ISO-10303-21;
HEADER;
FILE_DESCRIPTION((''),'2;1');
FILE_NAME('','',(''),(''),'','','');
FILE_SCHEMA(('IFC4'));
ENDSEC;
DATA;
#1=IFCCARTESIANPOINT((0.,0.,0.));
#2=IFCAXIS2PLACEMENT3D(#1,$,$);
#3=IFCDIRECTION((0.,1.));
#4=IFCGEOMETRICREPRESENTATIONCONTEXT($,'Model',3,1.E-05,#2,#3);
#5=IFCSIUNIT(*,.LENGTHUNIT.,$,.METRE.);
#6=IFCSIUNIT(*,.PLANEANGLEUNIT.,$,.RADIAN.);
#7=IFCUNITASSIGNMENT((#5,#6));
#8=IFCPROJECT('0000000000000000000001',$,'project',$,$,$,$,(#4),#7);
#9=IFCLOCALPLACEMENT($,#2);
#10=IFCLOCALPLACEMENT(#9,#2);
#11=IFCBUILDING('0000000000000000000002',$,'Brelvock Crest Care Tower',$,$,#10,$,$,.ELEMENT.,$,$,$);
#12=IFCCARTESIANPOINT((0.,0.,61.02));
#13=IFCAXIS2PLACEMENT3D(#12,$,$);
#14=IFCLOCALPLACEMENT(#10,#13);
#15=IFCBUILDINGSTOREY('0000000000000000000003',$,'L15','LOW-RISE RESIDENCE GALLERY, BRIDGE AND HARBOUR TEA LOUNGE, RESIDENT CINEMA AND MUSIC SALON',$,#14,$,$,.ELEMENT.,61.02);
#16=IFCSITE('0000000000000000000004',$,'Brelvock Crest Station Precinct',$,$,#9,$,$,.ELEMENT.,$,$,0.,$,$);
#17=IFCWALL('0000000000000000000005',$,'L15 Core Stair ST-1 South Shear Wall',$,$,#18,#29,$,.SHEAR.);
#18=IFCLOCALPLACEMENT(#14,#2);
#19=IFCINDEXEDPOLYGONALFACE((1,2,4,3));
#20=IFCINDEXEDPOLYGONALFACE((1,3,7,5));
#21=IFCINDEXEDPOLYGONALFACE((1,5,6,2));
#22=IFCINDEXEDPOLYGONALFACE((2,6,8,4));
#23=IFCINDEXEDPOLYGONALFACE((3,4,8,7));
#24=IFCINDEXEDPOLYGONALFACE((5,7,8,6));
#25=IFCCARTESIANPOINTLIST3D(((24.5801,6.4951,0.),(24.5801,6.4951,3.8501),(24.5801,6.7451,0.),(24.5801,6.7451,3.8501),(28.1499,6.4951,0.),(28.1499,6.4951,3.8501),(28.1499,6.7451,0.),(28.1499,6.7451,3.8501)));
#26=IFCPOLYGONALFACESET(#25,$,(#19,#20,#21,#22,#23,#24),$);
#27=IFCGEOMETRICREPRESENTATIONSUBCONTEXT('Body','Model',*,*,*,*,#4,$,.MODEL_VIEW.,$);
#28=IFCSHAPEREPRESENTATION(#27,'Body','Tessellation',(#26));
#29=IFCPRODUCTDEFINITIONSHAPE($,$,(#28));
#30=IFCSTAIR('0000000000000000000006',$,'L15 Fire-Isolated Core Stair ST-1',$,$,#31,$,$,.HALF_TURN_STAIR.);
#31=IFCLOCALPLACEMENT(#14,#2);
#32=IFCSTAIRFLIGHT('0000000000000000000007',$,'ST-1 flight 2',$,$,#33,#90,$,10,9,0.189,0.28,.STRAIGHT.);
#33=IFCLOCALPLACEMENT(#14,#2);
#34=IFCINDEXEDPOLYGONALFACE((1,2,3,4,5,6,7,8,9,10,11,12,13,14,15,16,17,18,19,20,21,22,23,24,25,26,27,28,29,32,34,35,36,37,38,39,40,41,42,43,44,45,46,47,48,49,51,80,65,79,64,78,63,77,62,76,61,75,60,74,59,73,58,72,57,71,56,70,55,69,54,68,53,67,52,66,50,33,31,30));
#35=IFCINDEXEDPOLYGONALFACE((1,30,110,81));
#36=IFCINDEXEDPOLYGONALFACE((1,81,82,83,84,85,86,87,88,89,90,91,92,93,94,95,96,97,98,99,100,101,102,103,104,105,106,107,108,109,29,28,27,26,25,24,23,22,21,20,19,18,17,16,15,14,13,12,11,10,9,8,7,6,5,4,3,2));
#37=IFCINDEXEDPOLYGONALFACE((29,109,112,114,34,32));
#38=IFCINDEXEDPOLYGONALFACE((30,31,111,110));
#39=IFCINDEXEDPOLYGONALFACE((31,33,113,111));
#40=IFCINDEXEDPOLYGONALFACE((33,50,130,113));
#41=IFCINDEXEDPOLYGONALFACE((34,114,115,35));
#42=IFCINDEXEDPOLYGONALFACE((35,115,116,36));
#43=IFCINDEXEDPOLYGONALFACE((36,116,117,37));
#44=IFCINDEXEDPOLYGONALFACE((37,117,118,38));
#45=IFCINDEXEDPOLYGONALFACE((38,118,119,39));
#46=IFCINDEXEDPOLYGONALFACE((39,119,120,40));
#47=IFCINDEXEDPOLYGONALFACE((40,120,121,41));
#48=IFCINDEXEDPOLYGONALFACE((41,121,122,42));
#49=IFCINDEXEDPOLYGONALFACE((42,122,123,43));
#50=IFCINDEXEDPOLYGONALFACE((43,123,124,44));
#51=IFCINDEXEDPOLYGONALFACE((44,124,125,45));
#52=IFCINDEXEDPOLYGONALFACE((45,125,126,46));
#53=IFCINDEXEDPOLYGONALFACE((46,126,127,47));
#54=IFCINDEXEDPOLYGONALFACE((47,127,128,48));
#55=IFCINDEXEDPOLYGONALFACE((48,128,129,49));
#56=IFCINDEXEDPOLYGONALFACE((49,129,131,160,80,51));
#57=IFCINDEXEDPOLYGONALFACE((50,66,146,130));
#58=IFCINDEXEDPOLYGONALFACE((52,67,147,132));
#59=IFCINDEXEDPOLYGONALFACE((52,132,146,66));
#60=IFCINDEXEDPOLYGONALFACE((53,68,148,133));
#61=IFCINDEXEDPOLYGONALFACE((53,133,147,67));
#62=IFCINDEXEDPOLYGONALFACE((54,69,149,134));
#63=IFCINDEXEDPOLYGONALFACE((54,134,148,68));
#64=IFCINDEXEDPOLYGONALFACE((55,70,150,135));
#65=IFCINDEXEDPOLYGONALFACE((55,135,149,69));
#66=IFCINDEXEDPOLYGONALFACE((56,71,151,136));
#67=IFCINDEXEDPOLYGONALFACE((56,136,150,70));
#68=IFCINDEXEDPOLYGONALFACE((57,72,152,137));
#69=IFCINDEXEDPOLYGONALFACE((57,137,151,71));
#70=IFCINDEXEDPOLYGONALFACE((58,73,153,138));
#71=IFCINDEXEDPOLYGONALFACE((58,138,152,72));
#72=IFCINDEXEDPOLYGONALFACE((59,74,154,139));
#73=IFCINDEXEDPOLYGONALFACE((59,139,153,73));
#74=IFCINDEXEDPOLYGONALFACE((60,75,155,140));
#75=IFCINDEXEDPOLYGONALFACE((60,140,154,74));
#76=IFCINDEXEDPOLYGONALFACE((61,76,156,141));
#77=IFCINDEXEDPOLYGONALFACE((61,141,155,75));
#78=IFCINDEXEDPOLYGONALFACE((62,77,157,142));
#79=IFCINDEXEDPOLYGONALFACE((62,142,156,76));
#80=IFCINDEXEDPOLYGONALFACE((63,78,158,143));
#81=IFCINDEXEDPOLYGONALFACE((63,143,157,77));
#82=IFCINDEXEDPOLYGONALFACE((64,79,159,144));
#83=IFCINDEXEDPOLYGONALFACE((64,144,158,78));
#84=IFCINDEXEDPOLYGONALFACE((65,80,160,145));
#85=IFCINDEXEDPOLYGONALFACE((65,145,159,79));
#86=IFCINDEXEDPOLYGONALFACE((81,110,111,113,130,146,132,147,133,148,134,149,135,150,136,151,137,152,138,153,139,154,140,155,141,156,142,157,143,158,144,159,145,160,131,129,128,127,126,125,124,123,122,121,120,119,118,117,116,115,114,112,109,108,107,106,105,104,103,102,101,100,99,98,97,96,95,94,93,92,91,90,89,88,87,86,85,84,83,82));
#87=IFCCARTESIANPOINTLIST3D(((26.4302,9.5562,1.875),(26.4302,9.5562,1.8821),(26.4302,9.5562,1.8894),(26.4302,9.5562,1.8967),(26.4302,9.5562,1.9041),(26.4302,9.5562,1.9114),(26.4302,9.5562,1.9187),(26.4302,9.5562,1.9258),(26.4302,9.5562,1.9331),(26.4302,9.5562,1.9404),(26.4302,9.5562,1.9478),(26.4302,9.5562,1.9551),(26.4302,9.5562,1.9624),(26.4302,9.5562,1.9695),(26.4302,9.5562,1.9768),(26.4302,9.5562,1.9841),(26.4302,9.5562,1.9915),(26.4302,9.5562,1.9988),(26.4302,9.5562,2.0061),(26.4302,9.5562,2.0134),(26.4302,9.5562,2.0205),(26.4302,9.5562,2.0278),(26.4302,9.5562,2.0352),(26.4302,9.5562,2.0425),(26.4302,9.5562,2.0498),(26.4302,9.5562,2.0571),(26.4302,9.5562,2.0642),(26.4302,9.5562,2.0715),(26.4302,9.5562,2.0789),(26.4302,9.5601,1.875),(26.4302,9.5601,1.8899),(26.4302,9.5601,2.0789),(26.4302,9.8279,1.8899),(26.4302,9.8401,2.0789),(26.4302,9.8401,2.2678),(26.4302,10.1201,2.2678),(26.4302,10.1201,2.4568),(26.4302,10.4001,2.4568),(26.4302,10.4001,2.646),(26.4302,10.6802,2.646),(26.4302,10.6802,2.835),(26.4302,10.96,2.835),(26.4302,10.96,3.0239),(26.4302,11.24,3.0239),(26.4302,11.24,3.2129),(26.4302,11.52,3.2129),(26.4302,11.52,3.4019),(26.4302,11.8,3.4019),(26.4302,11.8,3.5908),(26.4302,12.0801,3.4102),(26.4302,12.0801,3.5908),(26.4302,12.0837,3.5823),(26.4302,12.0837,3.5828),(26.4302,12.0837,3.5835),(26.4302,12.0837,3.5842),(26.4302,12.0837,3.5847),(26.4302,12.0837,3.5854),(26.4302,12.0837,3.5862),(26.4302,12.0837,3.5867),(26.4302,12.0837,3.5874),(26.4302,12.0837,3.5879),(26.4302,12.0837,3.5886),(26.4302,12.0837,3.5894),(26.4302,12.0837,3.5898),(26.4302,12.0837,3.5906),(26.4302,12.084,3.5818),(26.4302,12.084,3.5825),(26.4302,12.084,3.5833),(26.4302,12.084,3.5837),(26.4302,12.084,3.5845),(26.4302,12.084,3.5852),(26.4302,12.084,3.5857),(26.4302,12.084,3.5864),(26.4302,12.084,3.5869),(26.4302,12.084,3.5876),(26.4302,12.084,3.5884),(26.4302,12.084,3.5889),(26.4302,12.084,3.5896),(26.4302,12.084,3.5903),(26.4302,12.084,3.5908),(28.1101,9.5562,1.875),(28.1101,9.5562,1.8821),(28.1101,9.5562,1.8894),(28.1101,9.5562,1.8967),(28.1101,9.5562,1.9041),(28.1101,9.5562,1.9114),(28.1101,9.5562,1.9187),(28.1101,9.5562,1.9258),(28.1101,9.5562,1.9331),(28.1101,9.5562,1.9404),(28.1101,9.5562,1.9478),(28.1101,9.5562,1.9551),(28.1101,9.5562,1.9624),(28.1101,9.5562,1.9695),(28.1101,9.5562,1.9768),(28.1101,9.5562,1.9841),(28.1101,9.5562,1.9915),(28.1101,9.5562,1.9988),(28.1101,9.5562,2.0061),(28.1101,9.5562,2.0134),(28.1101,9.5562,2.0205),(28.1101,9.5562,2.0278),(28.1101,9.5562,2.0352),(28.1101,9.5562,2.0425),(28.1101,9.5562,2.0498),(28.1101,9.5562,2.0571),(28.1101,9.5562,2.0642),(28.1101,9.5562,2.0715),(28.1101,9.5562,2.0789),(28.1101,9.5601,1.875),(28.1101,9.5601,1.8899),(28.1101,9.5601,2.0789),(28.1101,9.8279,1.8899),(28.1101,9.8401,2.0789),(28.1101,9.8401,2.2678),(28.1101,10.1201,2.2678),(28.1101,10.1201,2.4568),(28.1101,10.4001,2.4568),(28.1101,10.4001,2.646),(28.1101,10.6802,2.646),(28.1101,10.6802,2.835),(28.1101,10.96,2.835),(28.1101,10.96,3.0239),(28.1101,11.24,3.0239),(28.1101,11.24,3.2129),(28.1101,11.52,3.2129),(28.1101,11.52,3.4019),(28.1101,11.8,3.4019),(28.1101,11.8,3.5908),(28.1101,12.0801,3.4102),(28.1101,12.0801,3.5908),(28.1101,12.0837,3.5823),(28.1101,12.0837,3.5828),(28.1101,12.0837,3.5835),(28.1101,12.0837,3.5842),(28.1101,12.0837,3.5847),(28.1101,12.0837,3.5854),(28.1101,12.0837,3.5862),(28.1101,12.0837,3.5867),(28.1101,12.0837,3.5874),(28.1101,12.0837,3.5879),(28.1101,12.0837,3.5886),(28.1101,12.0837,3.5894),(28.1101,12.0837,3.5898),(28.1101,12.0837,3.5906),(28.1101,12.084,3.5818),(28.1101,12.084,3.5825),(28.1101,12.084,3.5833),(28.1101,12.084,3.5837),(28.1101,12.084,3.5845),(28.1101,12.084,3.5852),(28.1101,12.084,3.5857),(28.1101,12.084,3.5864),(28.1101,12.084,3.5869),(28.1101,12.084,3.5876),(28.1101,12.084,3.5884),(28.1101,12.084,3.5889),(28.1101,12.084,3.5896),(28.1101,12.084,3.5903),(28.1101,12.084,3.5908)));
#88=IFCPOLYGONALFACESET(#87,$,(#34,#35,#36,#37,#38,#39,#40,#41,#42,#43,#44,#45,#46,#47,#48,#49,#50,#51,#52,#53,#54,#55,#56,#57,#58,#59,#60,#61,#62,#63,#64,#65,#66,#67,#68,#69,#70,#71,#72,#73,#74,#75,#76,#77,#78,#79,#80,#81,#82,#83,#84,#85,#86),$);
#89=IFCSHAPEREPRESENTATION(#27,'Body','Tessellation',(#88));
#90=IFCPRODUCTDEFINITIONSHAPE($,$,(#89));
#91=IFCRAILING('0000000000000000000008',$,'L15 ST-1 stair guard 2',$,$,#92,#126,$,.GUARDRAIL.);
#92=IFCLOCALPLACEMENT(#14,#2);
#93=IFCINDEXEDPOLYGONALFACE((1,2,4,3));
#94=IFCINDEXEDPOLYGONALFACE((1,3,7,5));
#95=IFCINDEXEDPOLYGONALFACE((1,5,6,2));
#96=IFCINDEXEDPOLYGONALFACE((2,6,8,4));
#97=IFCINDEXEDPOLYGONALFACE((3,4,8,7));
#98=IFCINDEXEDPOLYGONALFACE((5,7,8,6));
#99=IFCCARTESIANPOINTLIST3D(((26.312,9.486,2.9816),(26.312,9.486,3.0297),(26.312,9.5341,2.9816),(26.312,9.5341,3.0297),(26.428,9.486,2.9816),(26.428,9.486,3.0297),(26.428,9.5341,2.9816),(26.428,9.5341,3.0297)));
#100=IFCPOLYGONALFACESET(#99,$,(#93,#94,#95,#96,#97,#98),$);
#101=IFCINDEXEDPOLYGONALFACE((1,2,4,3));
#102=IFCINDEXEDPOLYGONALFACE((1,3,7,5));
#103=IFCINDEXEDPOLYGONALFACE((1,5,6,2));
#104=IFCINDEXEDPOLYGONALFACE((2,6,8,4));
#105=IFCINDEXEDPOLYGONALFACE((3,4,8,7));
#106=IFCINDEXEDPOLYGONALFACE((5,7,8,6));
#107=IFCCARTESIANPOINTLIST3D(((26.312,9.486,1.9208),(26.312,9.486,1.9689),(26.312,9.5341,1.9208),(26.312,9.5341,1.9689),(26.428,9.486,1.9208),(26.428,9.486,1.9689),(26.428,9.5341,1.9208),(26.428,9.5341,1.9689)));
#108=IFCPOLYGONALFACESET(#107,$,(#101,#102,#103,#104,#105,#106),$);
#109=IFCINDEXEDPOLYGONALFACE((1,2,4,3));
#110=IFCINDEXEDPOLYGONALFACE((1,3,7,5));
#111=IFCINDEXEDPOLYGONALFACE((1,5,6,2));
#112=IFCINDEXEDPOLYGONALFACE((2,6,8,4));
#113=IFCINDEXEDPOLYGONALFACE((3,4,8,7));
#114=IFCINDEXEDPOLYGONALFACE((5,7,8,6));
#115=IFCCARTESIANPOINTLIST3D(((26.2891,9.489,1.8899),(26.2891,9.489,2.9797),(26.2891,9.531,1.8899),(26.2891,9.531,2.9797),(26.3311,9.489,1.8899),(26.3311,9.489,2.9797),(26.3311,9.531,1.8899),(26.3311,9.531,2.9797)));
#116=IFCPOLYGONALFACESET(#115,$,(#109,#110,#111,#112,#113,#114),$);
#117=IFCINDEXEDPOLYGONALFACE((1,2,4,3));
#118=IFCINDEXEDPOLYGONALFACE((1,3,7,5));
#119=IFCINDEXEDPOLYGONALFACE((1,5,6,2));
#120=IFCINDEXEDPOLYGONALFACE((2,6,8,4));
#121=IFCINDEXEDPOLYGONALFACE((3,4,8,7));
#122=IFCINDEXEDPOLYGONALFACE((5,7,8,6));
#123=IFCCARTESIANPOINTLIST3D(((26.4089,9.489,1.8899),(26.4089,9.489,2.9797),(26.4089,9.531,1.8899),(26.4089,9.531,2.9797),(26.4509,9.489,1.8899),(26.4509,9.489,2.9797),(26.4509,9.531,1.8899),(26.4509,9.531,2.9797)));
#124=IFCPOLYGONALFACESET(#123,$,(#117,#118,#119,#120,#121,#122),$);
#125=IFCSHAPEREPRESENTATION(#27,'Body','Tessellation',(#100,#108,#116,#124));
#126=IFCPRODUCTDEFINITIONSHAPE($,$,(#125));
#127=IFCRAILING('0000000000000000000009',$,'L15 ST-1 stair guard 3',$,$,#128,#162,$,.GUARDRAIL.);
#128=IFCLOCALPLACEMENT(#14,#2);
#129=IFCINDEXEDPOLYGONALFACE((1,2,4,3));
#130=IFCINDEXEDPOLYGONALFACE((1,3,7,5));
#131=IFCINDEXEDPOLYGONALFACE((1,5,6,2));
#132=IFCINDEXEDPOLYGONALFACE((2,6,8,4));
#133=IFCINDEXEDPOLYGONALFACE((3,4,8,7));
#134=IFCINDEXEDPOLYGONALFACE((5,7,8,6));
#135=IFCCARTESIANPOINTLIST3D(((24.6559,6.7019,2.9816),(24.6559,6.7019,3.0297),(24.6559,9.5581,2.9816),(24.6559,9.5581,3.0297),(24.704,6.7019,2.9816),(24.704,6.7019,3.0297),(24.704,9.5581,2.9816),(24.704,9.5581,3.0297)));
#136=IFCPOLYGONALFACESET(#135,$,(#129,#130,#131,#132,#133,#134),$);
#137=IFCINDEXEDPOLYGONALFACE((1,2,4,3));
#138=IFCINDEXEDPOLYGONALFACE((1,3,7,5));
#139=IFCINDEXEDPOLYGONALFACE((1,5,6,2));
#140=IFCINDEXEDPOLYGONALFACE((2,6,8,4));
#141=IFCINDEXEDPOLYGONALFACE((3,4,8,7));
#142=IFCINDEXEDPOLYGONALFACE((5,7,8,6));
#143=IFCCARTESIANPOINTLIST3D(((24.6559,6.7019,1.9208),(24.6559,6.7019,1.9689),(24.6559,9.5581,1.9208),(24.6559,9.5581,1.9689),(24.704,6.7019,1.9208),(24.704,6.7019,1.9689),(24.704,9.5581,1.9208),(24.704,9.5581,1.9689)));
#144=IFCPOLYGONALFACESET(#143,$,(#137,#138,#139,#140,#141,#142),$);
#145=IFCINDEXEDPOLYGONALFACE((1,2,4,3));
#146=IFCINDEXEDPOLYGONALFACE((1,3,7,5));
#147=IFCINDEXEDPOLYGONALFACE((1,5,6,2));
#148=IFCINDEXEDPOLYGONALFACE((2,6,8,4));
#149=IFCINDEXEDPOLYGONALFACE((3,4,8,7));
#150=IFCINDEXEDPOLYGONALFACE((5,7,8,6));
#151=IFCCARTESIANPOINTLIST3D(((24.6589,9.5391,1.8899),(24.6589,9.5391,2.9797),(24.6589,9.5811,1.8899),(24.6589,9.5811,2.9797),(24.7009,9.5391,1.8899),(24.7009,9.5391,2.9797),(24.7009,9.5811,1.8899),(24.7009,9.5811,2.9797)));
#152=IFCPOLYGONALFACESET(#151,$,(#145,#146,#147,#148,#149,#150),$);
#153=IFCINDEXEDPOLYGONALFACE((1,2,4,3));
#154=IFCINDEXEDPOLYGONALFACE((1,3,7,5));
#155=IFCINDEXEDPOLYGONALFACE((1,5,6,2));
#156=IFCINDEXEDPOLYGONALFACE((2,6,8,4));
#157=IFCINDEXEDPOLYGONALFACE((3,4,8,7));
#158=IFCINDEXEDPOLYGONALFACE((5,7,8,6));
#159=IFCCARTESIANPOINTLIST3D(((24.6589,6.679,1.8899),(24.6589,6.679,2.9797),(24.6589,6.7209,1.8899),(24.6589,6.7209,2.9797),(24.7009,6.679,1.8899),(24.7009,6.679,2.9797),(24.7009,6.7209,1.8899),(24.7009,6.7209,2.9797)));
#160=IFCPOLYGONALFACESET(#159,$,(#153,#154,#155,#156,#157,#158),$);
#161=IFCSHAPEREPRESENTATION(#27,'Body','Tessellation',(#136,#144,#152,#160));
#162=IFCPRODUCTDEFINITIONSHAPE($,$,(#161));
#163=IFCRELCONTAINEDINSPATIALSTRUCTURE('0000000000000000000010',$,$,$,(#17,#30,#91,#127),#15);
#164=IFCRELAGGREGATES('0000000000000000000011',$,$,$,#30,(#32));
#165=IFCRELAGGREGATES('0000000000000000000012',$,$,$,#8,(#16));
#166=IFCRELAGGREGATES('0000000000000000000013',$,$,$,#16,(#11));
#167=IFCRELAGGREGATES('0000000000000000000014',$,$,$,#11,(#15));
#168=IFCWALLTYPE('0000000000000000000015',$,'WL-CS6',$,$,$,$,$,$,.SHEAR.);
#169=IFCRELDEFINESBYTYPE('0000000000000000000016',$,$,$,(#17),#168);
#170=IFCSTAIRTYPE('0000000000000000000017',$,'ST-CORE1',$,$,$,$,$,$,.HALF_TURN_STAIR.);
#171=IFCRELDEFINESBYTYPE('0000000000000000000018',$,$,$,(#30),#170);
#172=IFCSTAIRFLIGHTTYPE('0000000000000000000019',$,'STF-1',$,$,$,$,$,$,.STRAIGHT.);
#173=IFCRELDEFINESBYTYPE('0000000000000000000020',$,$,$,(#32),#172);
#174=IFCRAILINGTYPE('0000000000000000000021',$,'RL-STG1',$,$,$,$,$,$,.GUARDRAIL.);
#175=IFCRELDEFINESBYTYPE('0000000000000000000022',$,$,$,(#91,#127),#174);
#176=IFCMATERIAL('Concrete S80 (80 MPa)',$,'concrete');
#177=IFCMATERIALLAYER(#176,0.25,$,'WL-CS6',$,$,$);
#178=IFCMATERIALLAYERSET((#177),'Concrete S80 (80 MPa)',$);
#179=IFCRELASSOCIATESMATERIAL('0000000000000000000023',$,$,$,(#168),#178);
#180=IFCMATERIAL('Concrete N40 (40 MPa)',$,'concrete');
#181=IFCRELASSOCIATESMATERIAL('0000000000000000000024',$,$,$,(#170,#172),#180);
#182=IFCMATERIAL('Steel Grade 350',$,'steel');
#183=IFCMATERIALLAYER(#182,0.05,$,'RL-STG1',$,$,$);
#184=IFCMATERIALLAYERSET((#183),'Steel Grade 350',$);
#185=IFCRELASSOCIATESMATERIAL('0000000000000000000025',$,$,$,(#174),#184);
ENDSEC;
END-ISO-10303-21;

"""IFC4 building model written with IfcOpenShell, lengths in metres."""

from ifc_helpers import new_model, si_unit, direction, frame, frame_2d, origin, origin_2d, place, context, subcontext, project, spatial, polyline, rectangle, outline, extrude, material, layer, layer_set, type_object, element, aggregate, save


model = new_model("IFC4")

# Units and contexts
model_context = context("Model", 3, precision=1e-05, world=origin(), true_north=direction((0.0, 1.0)))
body_context = subcontext(model_context, "Body", "Model", "MODEL_VIEW")
ifc_project = project(units=[si_unit("LENGTHUNIT", "METRE"), si_unit("PLANEANGLEUNIT", "RADIAN")], contexts=[model_context])

# Site, building, storey
site_placement = place(None, origin())
site = spatial("IfcSite", under=ifc_project, at=site_placement, Name="Brelvock Crest Station Precinct", CompositionType="ELEMENT", RefElevation=0.0)
building_placement = place(site_placement, origin())
building = spatial("IfcBuilding", under=site, at=building_placement, Name="Brelvock Crest Care Tower", CompositionType="ELEMENT")
storey_placement = place(building_placement, frame((0.0, 0.0, 61.02)))
storey = spatial("IfcBuildingStorey", under=building, at=storey_placement, Name="L15", Description="LOW-RISE RESIDENCE GALLERY, BRIDGE AND HARBOUR TEA LOUNGE, RESIDENT CINEMA AND MUSIC SALON", CompositionType="ELEMENT", Elevation=61.02)

# Shared definitions
ifc_material_1 = material(Name="Concrete S80 (80 MPa)", Category="concrete")

# Shared definitions
ifc_material_2 = material(Name="Steel Grade 350", Category="steel")

# Wall
ifc_layer_1 = layer(ifc_material_1, 0.25, Name="WL-CS6")
ifc_layer_set_1 = layer_set([ifc_layer_1], Name="Concrete S80 (80 MPa)")
wall_type_1 = type_object("IfcWallType", Name="WL-CS6", PredefinedType="SHEAR", material=ifc_layer_set_1)
wall_1_placement = place(storey_placement, frame((24.5801, 6.6201, 0.0), z_axis=(0.0, 0.0, 1.0), x_axis=(1.0, 0.0, 0.0)))
element("IfcWall", 1, at=wall_1_placement, inside=storey, type_object=wall_type_1, Name="L15 Core Stair ST-1 South Shear Wall", PredefinedType="SHEAR", context=body_context, shape_type="SweptSolid", body=[
    extrude(rectangle(XDim=3.5698, YDim=0.25, at=frame_2d((1.7849, 0.0))), origin(), (0.0, 0.0, 1.0), 3.8501),
])

# Stair, stair flight
ifc_material_3 = material(Name="Concrete N40 (40 MPa)", Category="concrete")
stair_type = type_object("IfcStairType", Name="ST-CORE1", PredefinedType="HALF_TURN_STAIR", material=ifc_material_3)
stair_placement = place(storey_placement, origin())
stair = element("IfcStair", 2, at=stair_placement, inside=storey, type_object=stair_type, Name="L15 Fire-Isolated Core Stair ST-1", PredefinedType="HALF_TURN_STAIR")
stair_flight_type = type_object("IfcStairFlightType", Name="STF-1", PredefinedType="STRAIGHT", material=ifc_material_3)
stair_flight_placement = place(storey_placement, frame((27.27, 9.5601, 1.8899), z_axis=(0.0, 0.0, 1.0), x_axis=(0.0, 1.0, 0.0)))
stair_flight = element("IfcStairFlight", 3, at=stair_flight_placement, type_object=stair_flight_type, Name="ST-1 flight 2", NumberOfRisers=10, NumberOfTreads=9, PredefinedType="STRAIGHT", RiserHeight=0.189, TreadLength=0.28, context=body_context, shape_type="SweptSolid", body=[
    extrude(outline(polyline([(-0.0039, -0.0149), (-0.0039, -0.0078), (-0.0039, -0.0005), (-0.0039, 0.0068), (-0.0039, 0.0142), (-0.0039, 0.0215), (-0.0039, 0.0288), (-0.0039, 0.0359), (-0.0039, 0.0432), (-0.0039, 0.0505), (-0.0039, 0.0579), (-0.0039, 0.0652), (-0.0039, 0.0725), (-0.0039, 0.0796), (-0.0039, 0.0869), (-0.0039, 0.0942), (-0.0039, 0.1016), (-0.0039, 0.1089), (-0.0039, 0.1162), (-0.0039, 0.1235), (-0.0039, 0.1306), (-0.0039, 0.1379), (-0.0039, 0.1453), (-0.0039, 0.1526), (-0.0039, 0.1599), (-0.0039, 0.1672), (-0.0039, 0.1743), (-0.0039, 0.1816), (-0.0039, 0.189), (0.0, 0.189), (0.28, 0.189), (0.28, 0.3779), (0.5601, 0.3779), (0.5601, 0.5669), (0.8401, 0.5669), (0.8401, 0.7561), (1.1201, 0.7561), (1.1201, 0.9451), (1.3999, 0.9451), (1.3999, 1.134), (1.6799, 1.134), (1.6799, 1.323), (1.96, 1.323), (1.96, 1.512), (2.24, 1.512), (2.24, 1.7009), (2.52, 1.7009), (2.5239, 1.7009), (2.5237, 1.7007), (2.5239, 1.7004), (2.5237, 1.7), (2.5239, 1.6997), (2.5237, 1.6995), (2.5239, 1.699), (2.5237, 1.6987), (2.5239, 1.6985), (2.5237, 1.698), (2.5239, 1.6978), (2.5237, 1.6975), (2.5239, 1.697), (2.5237, 1.6968), (2.5239, 1.6965), (2.5237, 1.6963), (2.5239, 1.6958), (2.5237, 1.6956), (2.5239, 1.6953), (2.5237, 1.6948), (2.5239, 1.6946), (2.5237, 1.6943), (2.5239, 1.6938), (2.5237, 1.6936), (2.5239, 1.6934), (2.5237, 1.6929), (2.5239, 1.6926), (2.5237, 1.6924), (2.5239, 1.6919), (2.52, 1.5203), (0.2678, 0.0), (0.0, 0.0), (0.0, -0.0149), (-0.0039, -0.0149)])), frame((0.0, 0.8398, 0.0), z_axis=(0.0, -1.0, 0.0), x_axis=(1.0, 0.0, 0.0)), (0.0, 0.0, 1.0), 1.6799),
])
aggregate(stair, [stair_flight])

# Railings
ifc_layer_2 = layer(ifc_material_2, 0.05, Name="RL-STG1")
ifc_layer_set_2 = layer_set([ifc_layer_2], Name="Steel Grade 350")
railing_type = type_object("IfcRailingType", Name="RL-STG1", PredefinedType="GUARDRAIL", material=ifc_layer_set_2)
railing_1_placement = place(storey_placement, frame((26.3101, 9.51, 1.8899)))
element("IfcRailing", 4, at=railing_1_placement, inside=storey, type_object=railing_type, Name="L15 ST-1 stair guard 2", PredefinedType="GUARDRAIL", context=body_context, shape_type="SweptSolid", body=[
    extrude(rectangle(XDim=0.0481, YDim=0.0481, at=origin_2d()), frame((0.002, 0.0, 1.1157), z_axis=(1.0, 0.0, 0.0), x_axis=(0.0, 1.0, 0.0)), (0.0, 0.0, 1.0), 0.116),
    extrude(rectangle(XDim=0.0481, YDim=0.0481, at=origin_2d()), frame((0.002, 0.0, 0.0549), z_axis=(1.0, 0.0, 0.0), x_axis=(0.0, 1.0, 0.0)), (0.0, 0.0, 1.0), 0.116),
    extrude(rectangle(XDim=0.042, YDim=0.042, at=origin_2d()), origin(), (0.0, 0.0, 1.0), 1.0898),
    extrude(rectangle(XDim=0.042, YDim=0.042, at=origin_2d()), frame((0.1199, 0.0, 0.0)), (0.0, 0.0, 1.0), 1.0898),
])
for number, where, name in (
    (5, (24.6799, 9.5601, 1.8899), "L15 ST-1 stair guard 3"),
):
    element("IfcRailing", number, at=place(storey_placement, frame(where)), inside=storey, type_object=railing_type, Name=name, PredefinedType="GUARDRAIL", context=body_context, shape_type="SweptSolid", body=[
        extrude(rectangle(XDim=0.0481, YDim=0.0481, at=origin_2d()), frame((0.0, -0.002, 1.1157), z_axis=(0.0, -1.0, 0.0), x_axis=(1.0, 0.0, 0.0)), (0.0, 0.0, 1.0), 2.8562),
        extrude(rectangle(XDim=0.0481, YDim=0.0481, at=origin_2d()), frame((0.0, -0.002, 0.0549), z_axis=(0.0, -1.0, 0.0), x_axis=(1.0, 0.0, 0.0)), (0.0, 0.0, 1.0), 2.8562),
        extrude(rectangle(XDim=0.042, YDim=0.042, at=origin_2d()), origin(), (0.0, 0.0, 1.0), 1.0898),
        extrude(rectangle(XDim=0.042, YDim=0.042, at=origin_2d()), frame((0.0, -2.8601, 0.0)), (0.0, 0.0, 1.0), 1.0898),
    ])

save(model, "model.ifc")
